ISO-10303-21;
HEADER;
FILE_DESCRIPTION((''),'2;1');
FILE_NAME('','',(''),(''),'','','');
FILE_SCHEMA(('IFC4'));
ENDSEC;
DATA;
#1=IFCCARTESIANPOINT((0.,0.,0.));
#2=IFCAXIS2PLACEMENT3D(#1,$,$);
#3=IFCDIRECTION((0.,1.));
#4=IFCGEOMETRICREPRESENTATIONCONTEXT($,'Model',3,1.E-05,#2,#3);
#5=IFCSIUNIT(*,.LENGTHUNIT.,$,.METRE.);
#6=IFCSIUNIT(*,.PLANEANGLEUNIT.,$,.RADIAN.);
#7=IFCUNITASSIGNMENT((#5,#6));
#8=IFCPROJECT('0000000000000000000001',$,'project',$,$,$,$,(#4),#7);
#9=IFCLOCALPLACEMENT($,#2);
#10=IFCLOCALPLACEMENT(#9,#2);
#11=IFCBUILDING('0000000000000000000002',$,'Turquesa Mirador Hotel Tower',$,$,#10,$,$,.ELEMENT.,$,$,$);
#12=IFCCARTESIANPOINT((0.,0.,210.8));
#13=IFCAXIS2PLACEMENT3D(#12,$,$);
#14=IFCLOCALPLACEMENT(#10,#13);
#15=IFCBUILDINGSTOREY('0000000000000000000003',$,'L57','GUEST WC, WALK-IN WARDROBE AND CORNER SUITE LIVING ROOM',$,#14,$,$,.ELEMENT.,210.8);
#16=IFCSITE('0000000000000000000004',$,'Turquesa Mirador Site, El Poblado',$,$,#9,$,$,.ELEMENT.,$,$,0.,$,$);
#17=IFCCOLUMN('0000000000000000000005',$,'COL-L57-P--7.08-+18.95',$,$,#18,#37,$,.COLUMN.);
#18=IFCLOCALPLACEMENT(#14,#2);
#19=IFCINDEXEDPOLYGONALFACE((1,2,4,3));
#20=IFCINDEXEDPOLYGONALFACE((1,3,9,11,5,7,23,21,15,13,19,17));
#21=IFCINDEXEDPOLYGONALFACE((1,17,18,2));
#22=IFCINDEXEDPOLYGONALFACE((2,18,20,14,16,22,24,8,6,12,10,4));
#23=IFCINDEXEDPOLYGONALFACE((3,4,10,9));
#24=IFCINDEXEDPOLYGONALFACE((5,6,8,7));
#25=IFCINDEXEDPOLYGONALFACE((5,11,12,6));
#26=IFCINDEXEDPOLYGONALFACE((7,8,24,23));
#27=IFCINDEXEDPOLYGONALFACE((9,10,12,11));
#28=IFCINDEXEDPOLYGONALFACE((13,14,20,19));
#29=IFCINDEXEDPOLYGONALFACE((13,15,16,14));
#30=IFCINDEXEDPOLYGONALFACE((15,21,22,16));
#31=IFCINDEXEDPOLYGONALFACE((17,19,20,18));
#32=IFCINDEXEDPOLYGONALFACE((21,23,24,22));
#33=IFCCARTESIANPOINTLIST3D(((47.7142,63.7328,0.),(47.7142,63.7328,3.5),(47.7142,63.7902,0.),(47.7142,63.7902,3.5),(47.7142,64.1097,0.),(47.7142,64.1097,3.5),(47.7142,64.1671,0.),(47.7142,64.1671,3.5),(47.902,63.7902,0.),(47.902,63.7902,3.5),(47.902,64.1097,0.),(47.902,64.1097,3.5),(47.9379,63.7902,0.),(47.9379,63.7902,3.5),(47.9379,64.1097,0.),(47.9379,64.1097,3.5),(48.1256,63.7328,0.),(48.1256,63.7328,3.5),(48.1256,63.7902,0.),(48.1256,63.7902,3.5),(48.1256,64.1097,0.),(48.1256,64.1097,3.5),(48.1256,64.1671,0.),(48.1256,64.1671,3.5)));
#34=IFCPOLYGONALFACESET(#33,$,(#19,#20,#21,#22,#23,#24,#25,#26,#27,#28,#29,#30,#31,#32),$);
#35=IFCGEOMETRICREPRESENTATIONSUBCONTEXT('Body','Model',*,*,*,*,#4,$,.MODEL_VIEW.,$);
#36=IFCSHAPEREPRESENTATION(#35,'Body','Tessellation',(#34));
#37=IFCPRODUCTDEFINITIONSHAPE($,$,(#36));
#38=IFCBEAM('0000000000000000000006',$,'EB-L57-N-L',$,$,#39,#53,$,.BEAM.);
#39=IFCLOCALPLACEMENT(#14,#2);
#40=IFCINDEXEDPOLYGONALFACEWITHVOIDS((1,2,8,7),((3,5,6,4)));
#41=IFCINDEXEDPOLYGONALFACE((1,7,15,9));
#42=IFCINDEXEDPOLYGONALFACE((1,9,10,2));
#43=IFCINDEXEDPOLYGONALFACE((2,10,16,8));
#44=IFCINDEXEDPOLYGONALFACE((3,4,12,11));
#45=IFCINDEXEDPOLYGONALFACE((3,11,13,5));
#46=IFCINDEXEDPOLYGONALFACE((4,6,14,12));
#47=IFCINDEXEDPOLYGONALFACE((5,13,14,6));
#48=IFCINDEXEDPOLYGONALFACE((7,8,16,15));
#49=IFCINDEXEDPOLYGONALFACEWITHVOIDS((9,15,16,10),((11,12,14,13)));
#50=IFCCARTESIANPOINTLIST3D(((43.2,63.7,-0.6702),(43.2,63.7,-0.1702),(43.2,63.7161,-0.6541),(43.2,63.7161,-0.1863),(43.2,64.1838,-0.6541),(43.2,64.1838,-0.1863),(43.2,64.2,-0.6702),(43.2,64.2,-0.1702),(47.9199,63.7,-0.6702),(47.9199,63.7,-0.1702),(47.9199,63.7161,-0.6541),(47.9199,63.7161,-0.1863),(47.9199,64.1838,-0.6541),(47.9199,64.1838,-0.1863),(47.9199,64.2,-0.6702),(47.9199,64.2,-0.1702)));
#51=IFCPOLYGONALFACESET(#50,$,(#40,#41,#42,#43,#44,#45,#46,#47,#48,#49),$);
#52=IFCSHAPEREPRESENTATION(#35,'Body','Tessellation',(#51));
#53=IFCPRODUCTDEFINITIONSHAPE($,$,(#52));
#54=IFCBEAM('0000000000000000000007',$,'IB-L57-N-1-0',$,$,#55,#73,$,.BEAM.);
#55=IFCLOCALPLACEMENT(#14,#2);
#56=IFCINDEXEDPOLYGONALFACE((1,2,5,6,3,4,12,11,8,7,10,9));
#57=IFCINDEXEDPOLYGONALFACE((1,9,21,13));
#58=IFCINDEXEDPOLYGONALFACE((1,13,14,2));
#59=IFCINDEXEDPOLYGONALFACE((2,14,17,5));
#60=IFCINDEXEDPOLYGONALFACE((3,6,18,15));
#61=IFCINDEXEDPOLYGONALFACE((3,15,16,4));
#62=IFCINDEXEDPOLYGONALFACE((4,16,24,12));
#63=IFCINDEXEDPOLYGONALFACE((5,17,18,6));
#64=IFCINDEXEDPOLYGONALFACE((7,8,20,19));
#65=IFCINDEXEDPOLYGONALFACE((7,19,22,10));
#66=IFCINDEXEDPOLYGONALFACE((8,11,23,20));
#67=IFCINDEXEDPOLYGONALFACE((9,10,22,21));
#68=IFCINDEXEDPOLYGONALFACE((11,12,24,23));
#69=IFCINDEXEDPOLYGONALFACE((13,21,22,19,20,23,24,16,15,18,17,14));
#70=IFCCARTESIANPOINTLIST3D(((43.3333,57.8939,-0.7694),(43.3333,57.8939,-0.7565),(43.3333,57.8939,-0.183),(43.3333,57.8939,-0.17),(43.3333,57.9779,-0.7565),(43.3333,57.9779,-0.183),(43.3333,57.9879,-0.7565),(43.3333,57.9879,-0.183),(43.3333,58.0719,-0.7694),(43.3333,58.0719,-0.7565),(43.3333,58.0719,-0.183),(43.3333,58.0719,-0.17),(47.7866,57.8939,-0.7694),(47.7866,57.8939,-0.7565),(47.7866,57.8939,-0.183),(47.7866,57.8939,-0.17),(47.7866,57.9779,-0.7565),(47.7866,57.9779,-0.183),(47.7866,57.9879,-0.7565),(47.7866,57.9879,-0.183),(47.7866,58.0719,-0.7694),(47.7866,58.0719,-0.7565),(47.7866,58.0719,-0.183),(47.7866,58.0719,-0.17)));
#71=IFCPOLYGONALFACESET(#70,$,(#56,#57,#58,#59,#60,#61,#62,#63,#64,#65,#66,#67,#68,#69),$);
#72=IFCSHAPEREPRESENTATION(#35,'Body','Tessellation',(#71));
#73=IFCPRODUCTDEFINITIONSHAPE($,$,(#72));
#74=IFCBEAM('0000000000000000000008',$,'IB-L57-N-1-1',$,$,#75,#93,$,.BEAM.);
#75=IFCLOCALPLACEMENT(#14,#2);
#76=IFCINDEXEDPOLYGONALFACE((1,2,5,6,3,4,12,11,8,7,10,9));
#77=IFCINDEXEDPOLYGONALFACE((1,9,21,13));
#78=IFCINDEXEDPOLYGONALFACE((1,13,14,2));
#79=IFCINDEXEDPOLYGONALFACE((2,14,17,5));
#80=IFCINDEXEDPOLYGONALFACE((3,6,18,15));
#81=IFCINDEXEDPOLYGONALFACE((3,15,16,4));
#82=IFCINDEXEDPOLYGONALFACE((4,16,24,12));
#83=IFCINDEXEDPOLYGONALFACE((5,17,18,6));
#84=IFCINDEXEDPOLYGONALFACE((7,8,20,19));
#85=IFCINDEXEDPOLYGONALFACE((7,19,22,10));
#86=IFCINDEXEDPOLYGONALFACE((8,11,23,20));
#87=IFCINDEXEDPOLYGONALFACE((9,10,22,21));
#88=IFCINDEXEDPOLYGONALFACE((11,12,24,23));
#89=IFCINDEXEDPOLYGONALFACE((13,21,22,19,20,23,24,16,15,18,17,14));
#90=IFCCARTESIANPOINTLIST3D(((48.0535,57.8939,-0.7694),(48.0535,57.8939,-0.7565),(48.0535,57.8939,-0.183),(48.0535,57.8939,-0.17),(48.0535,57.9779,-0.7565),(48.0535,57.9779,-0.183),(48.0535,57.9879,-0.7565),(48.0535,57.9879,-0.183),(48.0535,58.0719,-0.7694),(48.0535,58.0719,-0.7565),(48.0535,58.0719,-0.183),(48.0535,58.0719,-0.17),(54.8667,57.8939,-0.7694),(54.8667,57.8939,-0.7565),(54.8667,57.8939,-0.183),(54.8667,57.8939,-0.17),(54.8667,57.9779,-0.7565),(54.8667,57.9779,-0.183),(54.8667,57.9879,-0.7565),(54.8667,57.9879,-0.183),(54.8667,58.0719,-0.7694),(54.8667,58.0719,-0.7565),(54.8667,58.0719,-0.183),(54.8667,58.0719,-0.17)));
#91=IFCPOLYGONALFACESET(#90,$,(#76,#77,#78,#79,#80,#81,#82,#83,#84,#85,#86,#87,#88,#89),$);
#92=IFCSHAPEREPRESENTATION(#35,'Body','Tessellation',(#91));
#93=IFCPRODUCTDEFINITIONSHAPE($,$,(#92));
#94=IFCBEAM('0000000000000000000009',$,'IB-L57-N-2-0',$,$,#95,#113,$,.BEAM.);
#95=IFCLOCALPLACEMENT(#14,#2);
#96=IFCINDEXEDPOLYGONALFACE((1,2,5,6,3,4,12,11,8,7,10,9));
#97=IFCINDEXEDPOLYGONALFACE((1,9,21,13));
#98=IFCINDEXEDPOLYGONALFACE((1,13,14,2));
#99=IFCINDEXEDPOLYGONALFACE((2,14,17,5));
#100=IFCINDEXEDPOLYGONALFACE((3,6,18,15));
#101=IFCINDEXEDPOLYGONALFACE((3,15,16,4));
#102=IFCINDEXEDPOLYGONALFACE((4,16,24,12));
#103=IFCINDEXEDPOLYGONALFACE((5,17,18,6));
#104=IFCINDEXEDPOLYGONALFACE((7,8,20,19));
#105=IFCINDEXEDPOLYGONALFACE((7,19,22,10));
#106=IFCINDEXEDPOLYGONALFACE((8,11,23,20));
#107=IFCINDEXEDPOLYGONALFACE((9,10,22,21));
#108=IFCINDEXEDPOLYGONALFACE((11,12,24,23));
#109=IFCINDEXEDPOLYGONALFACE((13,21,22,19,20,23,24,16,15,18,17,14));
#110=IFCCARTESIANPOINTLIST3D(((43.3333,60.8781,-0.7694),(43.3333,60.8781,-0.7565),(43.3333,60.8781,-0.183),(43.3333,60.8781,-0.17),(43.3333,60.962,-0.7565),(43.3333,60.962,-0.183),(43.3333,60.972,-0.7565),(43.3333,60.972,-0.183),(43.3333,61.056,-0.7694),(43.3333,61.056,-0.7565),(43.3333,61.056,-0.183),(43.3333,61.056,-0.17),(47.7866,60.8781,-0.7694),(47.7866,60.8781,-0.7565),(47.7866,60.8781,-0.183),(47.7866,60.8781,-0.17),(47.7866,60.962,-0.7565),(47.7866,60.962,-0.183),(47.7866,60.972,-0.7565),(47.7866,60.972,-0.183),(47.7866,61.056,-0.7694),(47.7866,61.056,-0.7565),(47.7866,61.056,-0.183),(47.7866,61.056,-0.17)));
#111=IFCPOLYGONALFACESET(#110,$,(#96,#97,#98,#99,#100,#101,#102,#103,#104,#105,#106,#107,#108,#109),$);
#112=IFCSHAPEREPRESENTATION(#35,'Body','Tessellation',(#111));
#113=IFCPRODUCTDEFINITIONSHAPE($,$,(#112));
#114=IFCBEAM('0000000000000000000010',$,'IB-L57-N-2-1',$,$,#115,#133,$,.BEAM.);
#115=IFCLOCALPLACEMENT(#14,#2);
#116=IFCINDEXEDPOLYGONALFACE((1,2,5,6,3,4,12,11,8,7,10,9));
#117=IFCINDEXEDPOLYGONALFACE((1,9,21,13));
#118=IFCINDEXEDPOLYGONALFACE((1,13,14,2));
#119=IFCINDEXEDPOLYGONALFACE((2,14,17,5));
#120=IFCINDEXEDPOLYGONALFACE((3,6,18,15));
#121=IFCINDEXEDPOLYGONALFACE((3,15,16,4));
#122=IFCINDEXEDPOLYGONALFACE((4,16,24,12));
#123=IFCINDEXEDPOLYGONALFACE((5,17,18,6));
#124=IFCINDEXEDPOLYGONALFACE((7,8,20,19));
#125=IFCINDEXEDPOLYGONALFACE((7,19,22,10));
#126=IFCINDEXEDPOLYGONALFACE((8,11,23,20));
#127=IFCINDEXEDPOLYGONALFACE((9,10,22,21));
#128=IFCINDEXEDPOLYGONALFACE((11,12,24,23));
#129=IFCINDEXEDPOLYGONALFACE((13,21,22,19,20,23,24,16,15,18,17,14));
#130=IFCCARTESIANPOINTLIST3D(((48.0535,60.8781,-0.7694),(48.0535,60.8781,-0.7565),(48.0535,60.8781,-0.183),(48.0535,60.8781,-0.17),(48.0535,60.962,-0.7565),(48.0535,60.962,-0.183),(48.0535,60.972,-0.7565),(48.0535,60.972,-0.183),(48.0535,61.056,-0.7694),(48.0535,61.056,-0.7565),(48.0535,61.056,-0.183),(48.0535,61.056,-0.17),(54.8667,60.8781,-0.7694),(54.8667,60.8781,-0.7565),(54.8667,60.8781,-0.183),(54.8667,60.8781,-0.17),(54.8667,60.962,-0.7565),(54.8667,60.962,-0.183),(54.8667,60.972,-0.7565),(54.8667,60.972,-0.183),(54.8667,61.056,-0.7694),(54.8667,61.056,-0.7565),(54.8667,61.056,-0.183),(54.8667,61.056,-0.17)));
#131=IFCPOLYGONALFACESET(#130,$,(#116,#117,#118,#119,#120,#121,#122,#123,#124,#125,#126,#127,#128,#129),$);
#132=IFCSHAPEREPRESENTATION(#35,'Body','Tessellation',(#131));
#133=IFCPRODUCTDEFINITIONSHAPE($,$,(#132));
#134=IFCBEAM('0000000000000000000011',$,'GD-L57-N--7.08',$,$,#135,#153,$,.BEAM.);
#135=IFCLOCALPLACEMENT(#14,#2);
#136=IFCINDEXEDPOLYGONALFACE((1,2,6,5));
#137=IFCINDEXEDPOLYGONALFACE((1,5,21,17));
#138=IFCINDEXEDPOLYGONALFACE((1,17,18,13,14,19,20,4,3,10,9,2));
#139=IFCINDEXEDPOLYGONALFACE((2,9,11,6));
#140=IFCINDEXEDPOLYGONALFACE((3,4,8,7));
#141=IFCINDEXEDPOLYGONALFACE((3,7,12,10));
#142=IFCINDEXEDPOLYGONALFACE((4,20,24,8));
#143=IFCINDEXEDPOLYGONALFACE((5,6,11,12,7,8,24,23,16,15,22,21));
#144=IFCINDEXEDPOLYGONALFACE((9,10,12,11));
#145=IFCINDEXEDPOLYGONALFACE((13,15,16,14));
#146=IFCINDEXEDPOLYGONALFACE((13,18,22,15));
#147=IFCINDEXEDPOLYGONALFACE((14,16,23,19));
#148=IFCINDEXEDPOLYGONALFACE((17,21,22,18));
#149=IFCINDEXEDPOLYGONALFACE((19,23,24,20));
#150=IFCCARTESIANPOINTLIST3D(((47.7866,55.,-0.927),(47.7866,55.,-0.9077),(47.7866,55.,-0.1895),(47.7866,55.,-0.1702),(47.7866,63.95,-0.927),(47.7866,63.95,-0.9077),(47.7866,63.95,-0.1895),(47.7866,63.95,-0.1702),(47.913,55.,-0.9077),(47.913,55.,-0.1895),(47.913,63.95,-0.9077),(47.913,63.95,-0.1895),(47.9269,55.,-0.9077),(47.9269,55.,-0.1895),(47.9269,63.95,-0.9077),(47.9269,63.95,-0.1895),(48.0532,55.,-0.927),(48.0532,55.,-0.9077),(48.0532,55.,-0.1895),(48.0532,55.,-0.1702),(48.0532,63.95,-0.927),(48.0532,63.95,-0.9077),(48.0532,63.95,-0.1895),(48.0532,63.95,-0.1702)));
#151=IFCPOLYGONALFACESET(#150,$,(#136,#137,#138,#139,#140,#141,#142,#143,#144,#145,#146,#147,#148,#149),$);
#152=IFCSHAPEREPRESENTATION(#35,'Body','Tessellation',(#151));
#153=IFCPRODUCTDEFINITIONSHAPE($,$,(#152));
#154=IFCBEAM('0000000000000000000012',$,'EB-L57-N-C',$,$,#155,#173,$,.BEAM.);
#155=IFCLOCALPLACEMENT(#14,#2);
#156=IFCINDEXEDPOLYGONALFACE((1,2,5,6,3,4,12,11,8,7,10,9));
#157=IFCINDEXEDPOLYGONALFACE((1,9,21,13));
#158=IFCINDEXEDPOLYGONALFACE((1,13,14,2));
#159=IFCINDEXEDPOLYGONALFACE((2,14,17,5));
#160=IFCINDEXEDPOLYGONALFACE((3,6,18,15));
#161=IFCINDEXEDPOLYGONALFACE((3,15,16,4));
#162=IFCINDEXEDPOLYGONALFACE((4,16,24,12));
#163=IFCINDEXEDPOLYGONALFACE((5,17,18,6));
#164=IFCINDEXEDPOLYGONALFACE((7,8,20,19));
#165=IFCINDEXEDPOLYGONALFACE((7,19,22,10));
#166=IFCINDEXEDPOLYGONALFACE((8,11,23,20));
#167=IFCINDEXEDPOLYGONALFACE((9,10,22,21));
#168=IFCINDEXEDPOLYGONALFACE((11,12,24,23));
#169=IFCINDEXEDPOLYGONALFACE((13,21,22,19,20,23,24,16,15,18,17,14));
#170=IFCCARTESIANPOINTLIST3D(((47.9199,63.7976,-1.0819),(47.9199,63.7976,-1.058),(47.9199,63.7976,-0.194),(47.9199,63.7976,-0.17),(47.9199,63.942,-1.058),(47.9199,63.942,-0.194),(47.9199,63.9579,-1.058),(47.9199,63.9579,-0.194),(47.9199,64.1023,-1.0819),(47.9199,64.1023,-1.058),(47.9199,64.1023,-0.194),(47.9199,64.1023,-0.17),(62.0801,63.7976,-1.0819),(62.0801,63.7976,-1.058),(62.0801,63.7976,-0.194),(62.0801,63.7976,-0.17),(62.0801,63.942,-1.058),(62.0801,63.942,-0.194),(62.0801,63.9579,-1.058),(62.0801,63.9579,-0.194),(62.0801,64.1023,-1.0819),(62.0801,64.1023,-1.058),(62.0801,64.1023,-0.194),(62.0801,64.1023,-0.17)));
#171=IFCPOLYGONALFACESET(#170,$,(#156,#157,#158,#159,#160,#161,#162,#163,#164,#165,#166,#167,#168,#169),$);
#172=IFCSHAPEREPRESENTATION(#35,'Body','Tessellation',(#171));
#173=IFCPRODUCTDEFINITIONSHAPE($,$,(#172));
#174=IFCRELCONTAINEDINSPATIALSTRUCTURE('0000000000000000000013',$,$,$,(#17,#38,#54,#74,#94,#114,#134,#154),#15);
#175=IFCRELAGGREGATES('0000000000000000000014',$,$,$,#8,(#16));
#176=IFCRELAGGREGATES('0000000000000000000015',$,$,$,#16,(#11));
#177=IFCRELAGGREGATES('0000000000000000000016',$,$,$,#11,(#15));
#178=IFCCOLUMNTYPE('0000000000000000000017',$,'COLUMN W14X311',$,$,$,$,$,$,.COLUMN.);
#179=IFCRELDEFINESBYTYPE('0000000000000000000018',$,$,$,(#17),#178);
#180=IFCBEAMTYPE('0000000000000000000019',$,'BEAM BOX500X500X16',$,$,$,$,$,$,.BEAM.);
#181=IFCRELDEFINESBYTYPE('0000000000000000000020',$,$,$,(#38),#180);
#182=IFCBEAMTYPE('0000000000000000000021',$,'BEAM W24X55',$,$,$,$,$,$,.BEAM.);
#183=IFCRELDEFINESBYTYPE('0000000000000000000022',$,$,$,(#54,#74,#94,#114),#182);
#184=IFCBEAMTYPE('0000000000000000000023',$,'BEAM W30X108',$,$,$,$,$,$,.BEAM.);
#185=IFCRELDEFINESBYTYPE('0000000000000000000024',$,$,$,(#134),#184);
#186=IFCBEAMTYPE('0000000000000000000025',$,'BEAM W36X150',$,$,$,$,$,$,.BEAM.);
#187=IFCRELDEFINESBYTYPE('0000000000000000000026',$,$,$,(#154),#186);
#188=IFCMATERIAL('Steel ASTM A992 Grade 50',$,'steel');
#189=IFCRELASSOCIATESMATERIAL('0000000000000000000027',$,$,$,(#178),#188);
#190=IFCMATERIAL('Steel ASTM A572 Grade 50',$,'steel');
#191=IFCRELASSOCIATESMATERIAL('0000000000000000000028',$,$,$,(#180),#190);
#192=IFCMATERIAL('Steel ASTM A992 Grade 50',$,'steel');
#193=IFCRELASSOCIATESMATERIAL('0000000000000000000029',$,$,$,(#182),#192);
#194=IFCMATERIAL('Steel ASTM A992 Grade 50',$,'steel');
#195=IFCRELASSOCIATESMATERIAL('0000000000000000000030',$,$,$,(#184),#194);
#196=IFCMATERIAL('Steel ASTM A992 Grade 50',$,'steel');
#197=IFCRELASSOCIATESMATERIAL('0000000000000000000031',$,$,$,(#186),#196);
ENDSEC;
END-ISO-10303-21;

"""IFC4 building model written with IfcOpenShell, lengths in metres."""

from ifc_helpers import new_model, si_unit, direction, frame, origin, origin_2d, place, context, subcontext, project, spatial, hollow_rectangle, i_section, extrude, material, material_profile, profile_set, type_object, element, save


model = new_model("IFC4")

# Units and contexts
model_context = context("Model", 3, precision=1e-05, world=origin(), true_north=direction((0.0, 1.0)))
body_context = subcontext(model_context, "Body", "Model", "MODEL_VIEW")
ifc_project = project(units=[si_unit("LENGTHUNIT", "METRE"), si_unit("PLANEANGLEUNIT", "RADIAN")], contexts=[model_context])

# Site, building, storey
site_placement = place(None, origin())
site = spatial("IfcSite", under=ifc_project, at=site_placement, Name="Turquesa Mirador Site, El Poblado", CompositionType="ELEMENT", RefElevation=0.0)
building_placement = place(site_placement, origin())
building = spatial("IfcBuilding", under=site, at=building_placement, Name="Turquesa Mirador Hotel Tower", CompositionType="ELEMENT")
storey_placement = place(building_placement, frame((0.0, 0.0, 210.8)))
storey = spatial("IfcBuildingStorey", under=building, at=storey_placement, Name="L57", Description="GUEST WC, WALK-IN WARDROBE AND CORNER SUITE LIVING ROOM", CompositionType="ELEMENT", Elevation=210.8)

# Column
ifc_material_1 = material(Name="Steel ASTM A992 Grade 50", Category="steel")
ifc_material_profile_1 = material_profile(ifc_material_1, i_section(OverallWidth=0.4114, OverallDepth=0.4343, WebThickness=0.0359, FlangeThickness=0.0574, at=origin_2d()), Name="W14X311")
ifc_profile_set_1 = profile_set([ifc_material_profile_1], Name="Steel ASTM A992 Grade 50")
column_type = type_object("IfcColumnType", Name="COLUMN W14X311", PredefinedType="COLUMN", material=ifc_profile_set_1)
column_placement = place(storey_placement, frame((47.9199, 63.95, 0.0), z_axis=(0.0, 0.0, 1.0), x_axis=(1.0, 0.0, 0.0)))
element("IfcColumn", 1, at=column_placement, inside=storey, type_object=column_type, Name="COL-L57-P--7.08-+18.95", PredefinedType="COLUMN", context=body_context, shape_type="SweptSolid", body=[
    extrude(i_section(OverallWidth=0.4114, OverallDepth=0.4343, WebThickness=0.0359, FlangeThickness=0.0574, at=origin_2d()), origin(), (0.0, 0.0, 1.0), 3.5),
])

# Beams
ifc_material_2 = material(Name="Steel ASTM A572 Grade 50", Category="steel")
ifc_material_profile_2 = material_profile(ifc_material_2, hollow_rectangle(XDim=0.5, YDim=0.5, WallThickness=0.0161, at=origin_2d()), Name="BOX500X500X16")
ifc_profile_set_2 = profile_set([ifc_material_profile_2], Name="Steel ASTM A572 Grade 50")
beam_type_1 = type_object("IfcBeamType", Name="BEAM BOX500X500X16", PredefinedType="BEAM", material=ifc_profile_set_2)
beam_1_placement = place(storey_placement, frame((43.2, 63.95, -0.4202), z_axis=(1.0, 0.0, 0.0), x_axis=(0.0, 1.0, 0.0)))
element("IfcBeam", 2, at=beam_1_placement, inside=storey, type_object=beam_type_1, Name="EB-L57-N-L", PredefinedType="BEAM", context=body_context, shape_type="SweptSolid", body=[
    extrude(hollow_rectangle(XDim=0.5, YDim=0.5, WallThickness=0.0161, at=origin_2d()), origin(), (0.0, 0.0, 1.0), 4.72),
])
ifc_material_3 = material(Name="Steel ASTM A992 Grade 50", Category="steel")
ifc_material_profile_3 = material_profile(ifc_material_3, i_section(OverallWidth=0.178, OverallDepth=0.5994, WebThickness=0.01, FlangeThickness=0.0129, at=origin_2d()), Name="W24X55")
ifc_profile_set_3 = profile_set([ifc_material_profile_3], Name="Steel ASTM A992 Grade 50")
beam_type_2 = type_object("IfcBeamType", Name="BEAM W24X55", PredefinedType="BEAM", material=ifc_profile_set_3)
beam_2_placement = place(storey_placement, frame((43.3333, 57.9829, -0.4697), z_axis=(1.0, 0.0, 0.0), x_axis=(0.0, 1.0, 0.0)))
element("IfcBeam", 3, at=beam_2_placement, inside=storey, type_object=beam_type_2, Name="IB-L57-N-1-0", PredefinedType="BEAM", context=body_context, shape_type="SweptSolid", body=[
    extrude(i_section(OverallWidth=0.178, OverallDepth=0.5994, WebThickness=0.01, FlangeThickness=0.0129, at=origin_2d()), origin(), (0.0, 0.0, 1.0), 4.4534),
])
beam_3_placement = place(storey_placement, frame((48.0535, 57.9829, -0.4697), z_axis=(1.0, 0.0, 0.0), x_axis=(0.0, 1.0, 0.0)))
element("IfcBeam", 4, at=beam_3_placement, inside=storey, type_object=beam_type_2, Name="IB-L57-N-1-1", PredefinedType="BEAM", context=body_context, shape_type="SweptSolid", body=[
    extrude(i_section(OverallWidth=0.178, OverallDepth=0.5994, WebThickness=0.01, FlangeThickness=0.0129, at=origin_2d()), origin(), (0.0, 0.0, 1.0), 6.8132),
])
beam_4_placement = place(storey_placement, frame((43.3333, 60.967, -0.4697), z_axis=(1.0, 0.0, 0.0), x_axis=(0.0, 1.0, 0.0)))
element("IfcBeam", 5, at=beam_4_placement, inside=storey, type_object=beam_type_2, Name="IB-L57-N-2-0", PredefinedType="BEAM", context=body_context, shape_type="SweptSolid", body=[
    extrude(i_section(OverallWidth=0.178, OverallDepth=0.5994, WebThickness=0.01, FlangeThickness=0.0129, at=origin_2d()), origin(), (0.0, 0.0, 1.0), 4.4534),
])
beam_5_placement = place(storey_placement, frame((48.0535, 60.967, -0.4697), z_axis=(1.0, 0.0, 0.0), x_axis=(0.0, 1.0, 0.0)))
element("IfcBeam", 6, at=beam_5_placement, inside=storey, type_object=beam_type_2, Name="IB-L57-N-2-1", PredefinedType="BEAM", context=body_context, shape_type="SweptSolid", body=[
    extrude(i_section(OverallWidth=0.178, OverallDepth=0.5994, WebThickness=0.01, FlangeThickness=0.0129, at=origin_2d()), origin(), (0.0, 0.0, 1.0), 6.8132),
])
ifc_material_4 = material(Name="Steel ASTM A992 Grade 50", Category="steel")
ifc_material_profile_4 = material_profile(ifc_material_4, i_section(OverallWidth=0.2666, OverallDepth=0.7568, WebThickness=0.0139, FlangeThickness=0.0193, at=origin_2d()), Name="W30X108")
ifc_profile_set_4 = profile_set([ifc_material_profile_4], Name="Steel ASTM A992 Grade 50")
beam_type_3 = type_object("IfcBeamType", Name="BEAM W30X108", PredefinedType="BEAM", material=ifc_profile_set_4)
beam_6_placement = place(storey_placement, frame((47.9199, 63.95, -0.5486), z_axis=(0.0, -1.0, 0.0), x_axis=(1.0, 0.0, 0.0)))
element("IfcBeam", 7, at=beam_6_placement, inside=storey, type_object=beam_type_3, Name="GD-L57-N--7.08", PredefinedType="BEAM", context=body_context, shape_type="SweptSolid", body=[
    extrude(i_section(OverallWidth=0.2666, OverallDepth=0.7568, WebThickness=0.0139, FlangeThickness=0.0193, at=origin_2d()), origin(), (0.0, 0.0, 1.0), 8.95),
])
ifc_material_5 = material(Name="Steel ASTM A992 Grade 50", Category="steel")
ifc_material_profile_5 = material_profile(ifc_material_5, i_section(OverallWidth=0.3047, OverallDepth=0.9119, WebThickness=0.0159, FlangeThickness=0.0239, at=origin_2d()), Name="W36X150")
ifc_profile_set_5 = profile_set([ifc_material_profile_5], Name="Steel ASTM A992 Grade 50")
beam_type_4 = type_object("IfcBeamType", Name="BEAM W36X150", PredefinedType="BEAM", material=ifc_profile_set_5)
beam_7_placement = place(storey_placement, frame((47.9199, 63.95, -0.626), z_axis=(1.0, 0.0, 0.0), x_axis=(0.0, 1.0, 0.0)))
element("IfcBeam", 8, at=beam_7_placement, inside=storey, type_object=beam_type_4, Name="EB-L57-N-C", PredefinedType="BEAM", context=body_context, shape_type="SweptSolid", body=[
    extrude(i_section(OverallWidth=0.3047, OverallDepth=0.9119, WebThickness=0.0159, FlangeThickness=0.0239, at=origin_2d()), origin(), (0.0, 0.0, 1.0), 14.1602),
])

save(model, "model.ifc")
